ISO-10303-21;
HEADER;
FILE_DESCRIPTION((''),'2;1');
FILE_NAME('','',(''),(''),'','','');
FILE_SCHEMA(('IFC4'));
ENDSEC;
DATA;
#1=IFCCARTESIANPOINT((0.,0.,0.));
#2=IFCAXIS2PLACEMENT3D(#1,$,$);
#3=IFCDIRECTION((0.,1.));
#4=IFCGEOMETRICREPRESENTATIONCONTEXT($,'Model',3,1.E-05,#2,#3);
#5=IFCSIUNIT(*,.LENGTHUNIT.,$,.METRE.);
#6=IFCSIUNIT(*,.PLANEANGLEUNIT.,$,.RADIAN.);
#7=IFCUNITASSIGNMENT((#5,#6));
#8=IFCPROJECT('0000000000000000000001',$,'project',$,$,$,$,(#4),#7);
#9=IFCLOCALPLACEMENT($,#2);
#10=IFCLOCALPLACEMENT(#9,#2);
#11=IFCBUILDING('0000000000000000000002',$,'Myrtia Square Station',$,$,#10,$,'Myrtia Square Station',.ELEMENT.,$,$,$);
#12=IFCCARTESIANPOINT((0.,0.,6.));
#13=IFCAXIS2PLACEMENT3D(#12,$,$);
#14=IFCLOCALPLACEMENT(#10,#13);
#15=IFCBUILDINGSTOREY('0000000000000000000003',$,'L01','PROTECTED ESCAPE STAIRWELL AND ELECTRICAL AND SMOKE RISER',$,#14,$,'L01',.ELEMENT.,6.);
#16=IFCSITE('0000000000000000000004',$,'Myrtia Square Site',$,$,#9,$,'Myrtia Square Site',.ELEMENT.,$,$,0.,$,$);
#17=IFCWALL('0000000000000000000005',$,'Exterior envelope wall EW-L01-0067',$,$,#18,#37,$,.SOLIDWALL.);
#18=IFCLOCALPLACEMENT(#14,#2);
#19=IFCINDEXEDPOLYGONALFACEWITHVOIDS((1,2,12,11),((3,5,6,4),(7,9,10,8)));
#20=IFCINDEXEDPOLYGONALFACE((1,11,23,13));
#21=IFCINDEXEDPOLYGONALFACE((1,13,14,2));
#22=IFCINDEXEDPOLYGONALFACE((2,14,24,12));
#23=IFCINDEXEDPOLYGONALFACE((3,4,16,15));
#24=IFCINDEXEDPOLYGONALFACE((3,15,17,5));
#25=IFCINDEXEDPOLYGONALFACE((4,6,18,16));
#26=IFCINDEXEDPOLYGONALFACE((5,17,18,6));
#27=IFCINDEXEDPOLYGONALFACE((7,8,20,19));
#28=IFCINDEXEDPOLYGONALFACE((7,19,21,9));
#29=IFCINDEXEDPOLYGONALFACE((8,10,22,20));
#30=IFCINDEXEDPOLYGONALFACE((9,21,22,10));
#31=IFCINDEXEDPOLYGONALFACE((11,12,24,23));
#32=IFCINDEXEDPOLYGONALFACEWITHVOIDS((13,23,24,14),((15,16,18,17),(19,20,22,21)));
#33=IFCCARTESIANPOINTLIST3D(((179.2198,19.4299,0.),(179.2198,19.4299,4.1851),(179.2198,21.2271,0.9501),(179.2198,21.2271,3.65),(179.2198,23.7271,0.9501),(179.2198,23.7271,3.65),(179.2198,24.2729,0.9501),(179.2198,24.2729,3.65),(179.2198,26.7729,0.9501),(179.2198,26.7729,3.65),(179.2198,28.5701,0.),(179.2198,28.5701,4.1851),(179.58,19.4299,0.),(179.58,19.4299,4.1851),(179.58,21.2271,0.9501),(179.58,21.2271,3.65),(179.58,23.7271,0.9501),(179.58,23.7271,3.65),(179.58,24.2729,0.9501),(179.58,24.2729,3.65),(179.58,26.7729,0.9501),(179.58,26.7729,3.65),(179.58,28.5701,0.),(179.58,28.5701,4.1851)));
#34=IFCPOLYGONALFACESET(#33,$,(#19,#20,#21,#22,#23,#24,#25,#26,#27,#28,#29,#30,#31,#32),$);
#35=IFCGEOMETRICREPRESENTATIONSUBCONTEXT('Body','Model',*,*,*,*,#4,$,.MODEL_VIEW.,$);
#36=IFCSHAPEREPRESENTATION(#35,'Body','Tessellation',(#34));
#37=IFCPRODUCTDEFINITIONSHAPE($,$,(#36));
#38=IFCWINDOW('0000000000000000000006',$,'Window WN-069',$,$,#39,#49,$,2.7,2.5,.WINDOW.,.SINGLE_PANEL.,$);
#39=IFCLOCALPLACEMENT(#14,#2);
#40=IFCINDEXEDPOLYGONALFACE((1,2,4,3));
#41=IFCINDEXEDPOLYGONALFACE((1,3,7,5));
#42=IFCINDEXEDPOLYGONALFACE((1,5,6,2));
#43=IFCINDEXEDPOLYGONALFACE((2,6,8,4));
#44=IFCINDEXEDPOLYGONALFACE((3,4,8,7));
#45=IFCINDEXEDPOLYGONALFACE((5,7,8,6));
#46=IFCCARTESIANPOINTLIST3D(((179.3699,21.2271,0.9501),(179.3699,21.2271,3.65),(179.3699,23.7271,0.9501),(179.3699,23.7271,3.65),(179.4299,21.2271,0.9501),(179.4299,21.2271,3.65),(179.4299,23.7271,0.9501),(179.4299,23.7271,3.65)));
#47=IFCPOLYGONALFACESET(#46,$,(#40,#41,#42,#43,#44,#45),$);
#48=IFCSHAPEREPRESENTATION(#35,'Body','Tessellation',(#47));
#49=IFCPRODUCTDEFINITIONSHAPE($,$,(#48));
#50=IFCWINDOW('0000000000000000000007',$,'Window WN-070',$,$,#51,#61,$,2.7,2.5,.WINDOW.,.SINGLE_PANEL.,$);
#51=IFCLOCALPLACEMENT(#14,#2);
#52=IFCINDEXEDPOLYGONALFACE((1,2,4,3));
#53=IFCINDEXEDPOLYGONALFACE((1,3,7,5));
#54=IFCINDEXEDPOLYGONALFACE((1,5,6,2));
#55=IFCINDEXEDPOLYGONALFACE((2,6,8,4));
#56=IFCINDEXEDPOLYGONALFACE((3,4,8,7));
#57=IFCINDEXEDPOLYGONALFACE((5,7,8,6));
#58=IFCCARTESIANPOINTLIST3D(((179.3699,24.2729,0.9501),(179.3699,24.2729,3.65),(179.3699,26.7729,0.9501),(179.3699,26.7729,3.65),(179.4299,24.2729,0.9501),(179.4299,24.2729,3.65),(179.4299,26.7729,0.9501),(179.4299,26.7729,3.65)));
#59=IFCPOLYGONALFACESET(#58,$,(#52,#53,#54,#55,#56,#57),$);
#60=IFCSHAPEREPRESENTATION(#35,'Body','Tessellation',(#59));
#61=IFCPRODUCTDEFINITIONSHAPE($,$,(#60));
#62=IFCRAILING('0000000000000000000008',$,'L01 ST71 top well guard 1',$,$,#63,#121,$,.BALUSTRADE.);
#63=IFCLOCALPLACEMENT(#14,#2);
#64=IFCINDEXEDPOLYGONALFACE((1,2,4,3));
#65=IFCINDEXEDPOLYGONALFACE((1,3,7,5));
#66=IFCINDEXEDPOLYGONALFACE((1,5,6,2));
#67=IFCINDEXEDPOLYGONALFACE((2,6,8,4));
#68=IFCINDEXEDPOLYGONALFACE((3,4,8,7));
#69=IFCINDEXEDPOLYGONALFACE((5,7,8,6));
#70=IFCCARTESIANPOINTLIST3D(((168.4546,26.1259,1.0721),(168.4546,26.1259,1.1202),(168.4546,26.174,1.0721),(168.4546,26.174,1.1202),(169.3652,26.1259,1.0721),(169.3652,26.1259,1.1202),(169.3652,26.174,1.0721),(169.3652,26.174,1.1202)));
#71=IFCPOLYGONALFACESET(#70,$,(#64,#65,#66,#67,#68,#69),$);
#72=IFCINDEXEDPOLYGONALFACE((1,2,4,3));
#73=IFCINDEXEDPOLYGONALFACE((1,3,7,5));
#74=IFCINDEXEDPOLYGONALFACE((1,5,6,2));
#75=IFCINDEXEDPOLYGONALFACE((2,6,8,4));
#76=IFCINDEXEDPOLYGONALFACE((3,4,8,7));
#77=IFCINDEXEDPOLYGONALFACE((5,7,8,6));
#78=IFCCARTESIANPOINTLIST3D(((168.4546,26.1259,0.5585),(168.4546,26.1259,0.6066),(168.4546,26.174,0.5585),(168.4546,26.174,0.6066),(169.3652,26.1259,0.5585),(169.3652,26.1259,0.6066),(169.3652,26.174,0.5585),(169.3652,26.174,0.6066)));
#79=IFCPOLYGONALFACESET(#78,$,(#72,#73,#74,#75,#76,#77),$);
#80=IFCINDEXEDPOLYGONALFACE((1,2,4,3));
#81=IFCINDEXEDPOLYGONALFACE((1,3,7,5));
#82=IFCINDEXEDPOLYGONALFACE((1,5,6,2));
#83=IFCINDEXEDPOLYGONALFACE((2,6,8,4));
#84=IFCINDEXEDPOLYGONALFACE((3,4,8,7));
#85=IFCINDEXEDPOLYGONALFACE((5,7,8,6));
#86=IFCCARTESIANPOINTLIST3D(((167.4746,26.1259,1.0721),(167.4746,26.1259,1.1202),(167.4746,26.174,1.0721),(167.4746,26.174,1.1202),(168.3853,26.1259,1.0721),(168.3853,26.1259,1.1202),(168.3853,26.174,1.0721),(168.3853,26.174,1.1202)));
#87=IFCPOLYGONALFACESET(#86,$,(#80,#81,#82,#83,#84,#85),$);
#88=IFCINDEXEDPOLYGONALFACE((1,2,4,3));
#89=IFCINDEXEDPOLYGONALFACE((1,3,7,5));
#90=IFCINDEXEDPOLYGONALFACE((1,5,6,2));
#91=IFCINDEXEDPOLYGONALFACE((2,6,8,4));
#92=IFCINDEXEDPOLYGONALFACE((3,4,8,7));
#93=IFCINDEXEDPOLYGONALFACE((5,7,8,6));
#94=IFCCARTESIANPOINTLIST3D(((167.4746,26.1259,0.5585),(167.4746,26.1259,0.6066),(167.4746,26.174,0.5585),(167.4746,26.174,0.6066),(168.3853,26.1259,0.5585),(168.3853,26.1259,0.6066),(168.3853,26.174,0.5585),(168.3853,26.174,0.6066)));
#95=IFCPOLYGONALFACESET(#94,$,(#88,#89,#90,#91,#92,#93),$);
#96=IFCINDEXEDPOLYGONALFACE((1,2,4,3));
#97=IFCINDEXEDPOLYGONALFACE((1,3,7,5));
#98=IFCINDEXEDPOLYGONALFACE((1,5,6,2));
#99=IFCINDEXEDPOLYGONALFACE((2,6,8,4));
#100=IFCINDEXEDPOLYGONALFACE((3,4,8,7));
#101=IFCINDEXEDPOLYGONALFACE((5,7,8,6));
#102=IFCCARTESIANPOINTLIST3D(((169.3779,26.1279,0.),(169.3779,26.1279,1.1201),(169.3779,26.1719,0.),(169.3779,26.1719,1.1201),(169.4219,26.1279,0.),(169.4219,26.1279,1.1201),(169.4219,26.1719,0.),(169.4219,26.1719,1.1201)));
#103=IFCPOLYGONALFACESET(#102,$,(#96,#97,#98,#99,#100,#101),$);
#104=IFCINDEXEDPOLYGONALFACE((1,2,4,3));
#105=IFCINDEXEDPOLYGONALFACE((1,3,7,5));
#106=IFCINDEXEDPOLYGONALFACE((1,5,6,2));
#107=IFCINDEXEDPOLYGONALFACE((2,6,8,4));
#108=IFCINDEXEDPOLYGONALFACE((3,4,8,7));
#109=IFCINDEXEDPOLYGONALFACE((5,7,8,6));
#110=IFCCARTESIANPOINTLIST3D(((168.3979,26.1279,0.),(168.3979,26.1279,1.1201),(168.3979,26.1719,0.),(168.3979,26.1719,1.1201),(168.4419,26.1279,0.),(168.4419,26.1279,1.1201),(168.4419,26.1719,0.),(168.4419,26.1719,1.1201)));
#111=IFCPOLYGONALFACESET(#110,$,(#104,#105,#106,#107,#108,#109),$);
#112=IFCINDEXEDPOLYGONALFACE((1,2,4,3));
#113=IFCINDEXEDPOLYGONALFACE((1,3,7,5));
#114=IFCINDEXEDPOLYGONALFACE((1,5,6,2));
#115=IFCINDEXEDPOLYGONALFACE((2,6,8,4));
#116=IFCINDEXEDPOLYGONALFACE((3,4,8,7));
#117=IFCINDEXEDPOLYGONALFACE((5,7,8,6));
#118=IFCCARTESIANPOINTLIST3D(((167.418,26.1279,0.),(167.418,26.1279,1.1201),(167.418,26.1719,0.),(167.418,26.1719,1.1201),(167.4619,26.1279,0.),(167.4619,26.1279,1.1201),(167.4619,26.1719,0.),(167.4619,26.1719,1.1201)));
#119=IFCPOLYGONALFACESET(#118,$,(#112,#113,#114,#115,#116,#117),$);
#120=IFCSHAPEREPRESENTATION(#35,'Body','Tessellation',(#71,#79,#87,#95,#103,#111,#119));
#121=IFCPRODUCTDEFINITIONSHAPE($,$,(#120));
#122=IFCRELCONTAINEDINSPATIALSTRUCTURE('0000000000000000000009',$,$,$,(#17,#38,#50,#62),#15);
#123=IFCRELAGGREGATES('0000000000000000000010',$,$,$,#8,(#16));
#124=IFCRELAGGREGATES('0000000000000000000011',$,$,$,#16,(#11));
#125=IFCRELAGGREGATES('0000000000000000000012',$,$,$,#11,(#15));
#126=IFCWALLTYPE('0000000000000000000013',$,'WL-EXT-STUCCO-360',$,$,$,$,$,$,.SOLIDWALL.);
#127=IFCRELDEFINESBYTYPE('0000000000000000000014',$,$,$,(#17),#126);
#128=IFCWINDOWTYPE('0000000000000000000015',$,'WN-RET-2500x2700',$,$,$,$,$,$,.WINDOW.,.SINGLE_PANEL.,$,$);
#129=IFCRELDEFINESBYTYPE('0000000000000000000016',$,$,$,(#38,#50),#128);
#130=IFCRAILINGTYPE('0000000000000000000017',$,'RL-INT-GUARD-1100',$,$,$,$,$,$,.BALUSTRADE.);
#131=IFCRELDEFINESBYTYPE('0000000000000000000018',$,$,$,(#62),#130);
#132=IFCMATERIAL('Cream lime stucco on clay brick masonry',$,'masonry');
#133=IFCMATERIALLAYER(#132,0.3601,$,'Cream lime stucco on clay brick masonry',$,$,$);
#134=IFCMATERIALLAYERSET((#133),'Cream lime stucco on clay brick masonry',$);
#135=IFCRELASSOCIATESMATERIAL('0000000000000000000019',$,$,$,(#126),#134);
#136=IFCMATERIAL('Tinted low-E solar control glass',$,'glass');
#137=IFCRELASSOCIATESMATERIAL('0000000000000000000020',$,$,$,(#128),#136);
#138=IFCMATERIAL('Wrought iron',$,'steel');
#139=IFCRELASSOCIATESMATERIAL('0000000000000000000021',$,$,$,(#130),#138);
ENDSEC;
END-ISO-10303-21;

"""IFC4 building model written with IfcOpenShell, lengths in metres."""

from ifc_helpers import new_model, si_unit, direction, frame, frame_2d, origin, origin_2d, place, context, subcontext, project, spatial, rectangle, extrude, material, layer, layer_set, type_object, element, fill, save


model = new_model("IFC4")

# Units and contexts
model_context = context("Model", 3, precision=1e-05, world=origin(), true_north=direction((0.0, 1.0)))
body_context = subcontext(model_context, "Body", "Model", "MODEL_VIEW")
ifc_project = project(units=[si_unit("LENGTHUNIT", "METRE"), si_unit("PLANEANGLEUNIT", "RADIAN")], contexts=[model_context])

# Site, building, storey
site_placement = place(None, origin())
site = spatial("IfcSite", under=ifc_project, at=site_placement, Name="Myrtia Square Site", LongName="Myrtia Square Site", CompositionType="ELEMENT", RefElevation=0.0)
building_placement = place(site_placement, origin())
building = spatial("IfcBuilding", under=site, at=building_placement, Name="Myrtia Square Station", LongName="Myrtia Square Station", CompositionType="ELEMENT")
storey_placement = place(building_placement, frame((0.0, 0.0, 6.0)))
storey = spatial("IfcBuildingStorey", under=building, at=storey_placement, Name="L01", Description="PROTECTED ESCAPE STAIRWELL AND ELECTRICAL AND SMOKE RISER", LongName="L01", CompositionType="ELEMENT", Elevation=6.0)

# Wall, openings, windows
ifc_material_1 = material(Name="Cream lime stucco on clay brick masonry", Category="masonry")
ifc_layer = layer(ifc_material_1, 0.3601, Name="Cream lime stucco on clay brick masonry")
ifc_layer_set = layer_set([ifc_layer], Name="Cream lime stucco on clay brick masonry")
wall_type = type_object("IfcWallType", Name="WL-EXT-STUCCO-360", PredefinedType="SOLIDWALL", material=ifc_layer_set)
ifc_material_2 = material(Name="Tinted low-E solar control glass", Category="glass")
window_type = type_object("IfcWindowType", Name="WN-RET-2500x2700", PartitioningType="SINGLE_PANEL", PredefinedType="WINDOW", material=ifc_material_2)
wall_1_placement = place(storey_placement, frame((179.3999, 19.4299, 0.0), z_axis=(0.0, 0.0, 1.0), x_axis=(0.0, 1.0, 0.0)))
wall_1 = element("IfcWall", 1, at=wall_1_placement, inside=storey, type_object=wall_type, Name="Exterior envelope wall EW-L01-0067", PredefinedType="SOLIDWALL", context=body_context, shape_type="SweptSolid", body=[
    extrude(rectangle(XDim=9.1401, YDim=0.3601, at=frame_2d((4.5701, 0.0))), origin(), (0.0, 0.0, 1.0), 4.1851),
])
opening_1_placement = place(wall_1_placement, frame((1.7971, 0.0, 0.95)))
opening_1 = element("IfcOpeningElement", 2, at=opening_1_placement, cuts=wall_1, PredefinedType="OPENING", context=body_context, shape_type="SweptSolid", body=[
    extrude(rectangle(XDim=2.5, YDim=2.7, at=frame_2d((1.25, 1.3501))), frame((0.0, 0.1951, 0.0), z_axis=(0.0, -1.0, 0.0), x_axis=(1.0, 0.0, 0.0)), (0.0, 0.0, 1.0), 0.3901),
])
opening_2_placement = place(wall_1_placement, frame((4.843, 0.0, 0.95)))
opening_2 = element("IfcOpeningElement", 3, at=opening_2_placement, cuts=wall_1, PredefinedType="OPENING", context=body_context, shape_type="SweptSolid", body=[
    extrude(rectangle(XDim=2.5, YDim=2.7, at=frame_2d((1.25, 1.3501))), frame((0.0, 0.1951, 0.0), z_axis=(0.0, -1.0, 0.0), x_axis=(1.0, 0.0, 0.0)), (0.0, 0.0, 1.0), 0.3901),
])
window_1_placement = place(opening_1_placement, origin())
window_1 = element("IfcWindow", 4, at=window_1_placement, inside=storey, type_object=window_type, Name="Window WN-069", OverallHeight=2.7, OverallWidth=2.5, PartitioningType="SINGLE_PANEL", PredefinedType="WINDOW", context=body_context, shape_type="SweptSolid", body=[
    extrude(rectangle(XDim=2.5, YDim=2.7, at=frame_2d((1.25, 1.3501))), frame((0.0, 0.03, 0.0), z_axis=(0.0, -1.0, 0.0), x_axis=(1.0, 0.0, 0.0)), (0.0, 0.0, 1.0), 0.0601),
])
fill(opening_1, window_1)
window_2_placement = place(opening_2_placement, origin())
window_2 = element("IfcWindow", 5, at=window_2_placement, inside=storey, type_object=window_type, Name="Window WN-070", OverallHeight=2.7, OverallWidth=2.5, PartitioningType="SINGLE_PANEL", PredefinedType="WINDOW", context=body_context, shape_type="SweptSolid", body=[
    extrude(rectangle(XDim=2.5, YDim=2.7, at=frame_2d((1.25, 1.3501))), frame((0.0, 0.03, 0.0), z_axis=(0.0, -1.0, 0.0), x_axis=(1.0, 0.0, 0.0)), (0.0, 0.0, 1.0), 0.0601),
])
fill(opening_2, window_2)

# Railing
ifc_material_3 = material(Name="Wrought iron", Category="steel")
railing_type = type_object("IfcRailingType", Name="RL-INT-GUARD-1100", PredefinedType="BALUSTRADE", material=ifc_material_3)
railing_1_placement = place(storey_placement, frame((169.3999, 26.1499, 0.0)))
element("IfcRailing", 6, at=railing_1_placement, inside=storey, type_object=railing_type, Name="L01 ST71 top well guard 1", PredefinedType="BALUSTRADE", context=body_context, shape_type="SweptSolid", body=[
    extrude(rectangle(XDim=0.0481, YDim=0.0481, at=origin_2d()), frame((-0.0347, 0.0, 1.0962), z_axis=(-1.0, 0.0, 0.0), x_axis=(0.0, -1.0, 0.0)), (0.0, 0.0, 1.0), 0.9106),
    extrude(rectangle(XDim=0.0481, YDim=0.0481, at=origin_2d()), frame((-0.0347, 0.0, 0.5825), z_axis=(-1.0, 0.0, 0.0), x_axis=(0.0, -1.0, 0.0)), (0.0, 0.0, 1.0), 0.9106),
    extrude(rectangle(XDim=0.0481, YDim=0.0481, at=origin_2d()), frame((-1.0146, 0.0, 1.0962), z_axis=(-1.0, 0.0, 0.0), x_axis=(0.0, -1.0, 0.0)), (0.0, 0.0, 1.0), 0.9106),
    extrude(rectangle(XDim=0.0481, YDim=0.0481, at=origin_2d()), frame((-1.0146, 0.0, 0.5825), z_axis=(-1.0, 0.0, 0.0), x_axis=(0.0, -1.0, 0.0)), (0.0, 0.0, 1.0), 0.9106),
    extrude(rectangle(XDim=0.0439, YDim=0.0439, at=origin_2d()), origin(), (0.0, 0.0, 1.0), 1.1201),
    extrude(rectangle(XDim=0.0439, YDim=0.0439, at=origin_2d()), frame((-0.98, 0.0, 0.0)), (0.0, 0.0, 1.0), 1.1201),
    extrude(rectangle(XDim=0.0439, YDim=0.0439, at=origin_2d()), frame((-1.96, 0.0, 0.0)), (0.0, 0.0, 1.0), 1.1201),
])

save(model, "model.ifc")
